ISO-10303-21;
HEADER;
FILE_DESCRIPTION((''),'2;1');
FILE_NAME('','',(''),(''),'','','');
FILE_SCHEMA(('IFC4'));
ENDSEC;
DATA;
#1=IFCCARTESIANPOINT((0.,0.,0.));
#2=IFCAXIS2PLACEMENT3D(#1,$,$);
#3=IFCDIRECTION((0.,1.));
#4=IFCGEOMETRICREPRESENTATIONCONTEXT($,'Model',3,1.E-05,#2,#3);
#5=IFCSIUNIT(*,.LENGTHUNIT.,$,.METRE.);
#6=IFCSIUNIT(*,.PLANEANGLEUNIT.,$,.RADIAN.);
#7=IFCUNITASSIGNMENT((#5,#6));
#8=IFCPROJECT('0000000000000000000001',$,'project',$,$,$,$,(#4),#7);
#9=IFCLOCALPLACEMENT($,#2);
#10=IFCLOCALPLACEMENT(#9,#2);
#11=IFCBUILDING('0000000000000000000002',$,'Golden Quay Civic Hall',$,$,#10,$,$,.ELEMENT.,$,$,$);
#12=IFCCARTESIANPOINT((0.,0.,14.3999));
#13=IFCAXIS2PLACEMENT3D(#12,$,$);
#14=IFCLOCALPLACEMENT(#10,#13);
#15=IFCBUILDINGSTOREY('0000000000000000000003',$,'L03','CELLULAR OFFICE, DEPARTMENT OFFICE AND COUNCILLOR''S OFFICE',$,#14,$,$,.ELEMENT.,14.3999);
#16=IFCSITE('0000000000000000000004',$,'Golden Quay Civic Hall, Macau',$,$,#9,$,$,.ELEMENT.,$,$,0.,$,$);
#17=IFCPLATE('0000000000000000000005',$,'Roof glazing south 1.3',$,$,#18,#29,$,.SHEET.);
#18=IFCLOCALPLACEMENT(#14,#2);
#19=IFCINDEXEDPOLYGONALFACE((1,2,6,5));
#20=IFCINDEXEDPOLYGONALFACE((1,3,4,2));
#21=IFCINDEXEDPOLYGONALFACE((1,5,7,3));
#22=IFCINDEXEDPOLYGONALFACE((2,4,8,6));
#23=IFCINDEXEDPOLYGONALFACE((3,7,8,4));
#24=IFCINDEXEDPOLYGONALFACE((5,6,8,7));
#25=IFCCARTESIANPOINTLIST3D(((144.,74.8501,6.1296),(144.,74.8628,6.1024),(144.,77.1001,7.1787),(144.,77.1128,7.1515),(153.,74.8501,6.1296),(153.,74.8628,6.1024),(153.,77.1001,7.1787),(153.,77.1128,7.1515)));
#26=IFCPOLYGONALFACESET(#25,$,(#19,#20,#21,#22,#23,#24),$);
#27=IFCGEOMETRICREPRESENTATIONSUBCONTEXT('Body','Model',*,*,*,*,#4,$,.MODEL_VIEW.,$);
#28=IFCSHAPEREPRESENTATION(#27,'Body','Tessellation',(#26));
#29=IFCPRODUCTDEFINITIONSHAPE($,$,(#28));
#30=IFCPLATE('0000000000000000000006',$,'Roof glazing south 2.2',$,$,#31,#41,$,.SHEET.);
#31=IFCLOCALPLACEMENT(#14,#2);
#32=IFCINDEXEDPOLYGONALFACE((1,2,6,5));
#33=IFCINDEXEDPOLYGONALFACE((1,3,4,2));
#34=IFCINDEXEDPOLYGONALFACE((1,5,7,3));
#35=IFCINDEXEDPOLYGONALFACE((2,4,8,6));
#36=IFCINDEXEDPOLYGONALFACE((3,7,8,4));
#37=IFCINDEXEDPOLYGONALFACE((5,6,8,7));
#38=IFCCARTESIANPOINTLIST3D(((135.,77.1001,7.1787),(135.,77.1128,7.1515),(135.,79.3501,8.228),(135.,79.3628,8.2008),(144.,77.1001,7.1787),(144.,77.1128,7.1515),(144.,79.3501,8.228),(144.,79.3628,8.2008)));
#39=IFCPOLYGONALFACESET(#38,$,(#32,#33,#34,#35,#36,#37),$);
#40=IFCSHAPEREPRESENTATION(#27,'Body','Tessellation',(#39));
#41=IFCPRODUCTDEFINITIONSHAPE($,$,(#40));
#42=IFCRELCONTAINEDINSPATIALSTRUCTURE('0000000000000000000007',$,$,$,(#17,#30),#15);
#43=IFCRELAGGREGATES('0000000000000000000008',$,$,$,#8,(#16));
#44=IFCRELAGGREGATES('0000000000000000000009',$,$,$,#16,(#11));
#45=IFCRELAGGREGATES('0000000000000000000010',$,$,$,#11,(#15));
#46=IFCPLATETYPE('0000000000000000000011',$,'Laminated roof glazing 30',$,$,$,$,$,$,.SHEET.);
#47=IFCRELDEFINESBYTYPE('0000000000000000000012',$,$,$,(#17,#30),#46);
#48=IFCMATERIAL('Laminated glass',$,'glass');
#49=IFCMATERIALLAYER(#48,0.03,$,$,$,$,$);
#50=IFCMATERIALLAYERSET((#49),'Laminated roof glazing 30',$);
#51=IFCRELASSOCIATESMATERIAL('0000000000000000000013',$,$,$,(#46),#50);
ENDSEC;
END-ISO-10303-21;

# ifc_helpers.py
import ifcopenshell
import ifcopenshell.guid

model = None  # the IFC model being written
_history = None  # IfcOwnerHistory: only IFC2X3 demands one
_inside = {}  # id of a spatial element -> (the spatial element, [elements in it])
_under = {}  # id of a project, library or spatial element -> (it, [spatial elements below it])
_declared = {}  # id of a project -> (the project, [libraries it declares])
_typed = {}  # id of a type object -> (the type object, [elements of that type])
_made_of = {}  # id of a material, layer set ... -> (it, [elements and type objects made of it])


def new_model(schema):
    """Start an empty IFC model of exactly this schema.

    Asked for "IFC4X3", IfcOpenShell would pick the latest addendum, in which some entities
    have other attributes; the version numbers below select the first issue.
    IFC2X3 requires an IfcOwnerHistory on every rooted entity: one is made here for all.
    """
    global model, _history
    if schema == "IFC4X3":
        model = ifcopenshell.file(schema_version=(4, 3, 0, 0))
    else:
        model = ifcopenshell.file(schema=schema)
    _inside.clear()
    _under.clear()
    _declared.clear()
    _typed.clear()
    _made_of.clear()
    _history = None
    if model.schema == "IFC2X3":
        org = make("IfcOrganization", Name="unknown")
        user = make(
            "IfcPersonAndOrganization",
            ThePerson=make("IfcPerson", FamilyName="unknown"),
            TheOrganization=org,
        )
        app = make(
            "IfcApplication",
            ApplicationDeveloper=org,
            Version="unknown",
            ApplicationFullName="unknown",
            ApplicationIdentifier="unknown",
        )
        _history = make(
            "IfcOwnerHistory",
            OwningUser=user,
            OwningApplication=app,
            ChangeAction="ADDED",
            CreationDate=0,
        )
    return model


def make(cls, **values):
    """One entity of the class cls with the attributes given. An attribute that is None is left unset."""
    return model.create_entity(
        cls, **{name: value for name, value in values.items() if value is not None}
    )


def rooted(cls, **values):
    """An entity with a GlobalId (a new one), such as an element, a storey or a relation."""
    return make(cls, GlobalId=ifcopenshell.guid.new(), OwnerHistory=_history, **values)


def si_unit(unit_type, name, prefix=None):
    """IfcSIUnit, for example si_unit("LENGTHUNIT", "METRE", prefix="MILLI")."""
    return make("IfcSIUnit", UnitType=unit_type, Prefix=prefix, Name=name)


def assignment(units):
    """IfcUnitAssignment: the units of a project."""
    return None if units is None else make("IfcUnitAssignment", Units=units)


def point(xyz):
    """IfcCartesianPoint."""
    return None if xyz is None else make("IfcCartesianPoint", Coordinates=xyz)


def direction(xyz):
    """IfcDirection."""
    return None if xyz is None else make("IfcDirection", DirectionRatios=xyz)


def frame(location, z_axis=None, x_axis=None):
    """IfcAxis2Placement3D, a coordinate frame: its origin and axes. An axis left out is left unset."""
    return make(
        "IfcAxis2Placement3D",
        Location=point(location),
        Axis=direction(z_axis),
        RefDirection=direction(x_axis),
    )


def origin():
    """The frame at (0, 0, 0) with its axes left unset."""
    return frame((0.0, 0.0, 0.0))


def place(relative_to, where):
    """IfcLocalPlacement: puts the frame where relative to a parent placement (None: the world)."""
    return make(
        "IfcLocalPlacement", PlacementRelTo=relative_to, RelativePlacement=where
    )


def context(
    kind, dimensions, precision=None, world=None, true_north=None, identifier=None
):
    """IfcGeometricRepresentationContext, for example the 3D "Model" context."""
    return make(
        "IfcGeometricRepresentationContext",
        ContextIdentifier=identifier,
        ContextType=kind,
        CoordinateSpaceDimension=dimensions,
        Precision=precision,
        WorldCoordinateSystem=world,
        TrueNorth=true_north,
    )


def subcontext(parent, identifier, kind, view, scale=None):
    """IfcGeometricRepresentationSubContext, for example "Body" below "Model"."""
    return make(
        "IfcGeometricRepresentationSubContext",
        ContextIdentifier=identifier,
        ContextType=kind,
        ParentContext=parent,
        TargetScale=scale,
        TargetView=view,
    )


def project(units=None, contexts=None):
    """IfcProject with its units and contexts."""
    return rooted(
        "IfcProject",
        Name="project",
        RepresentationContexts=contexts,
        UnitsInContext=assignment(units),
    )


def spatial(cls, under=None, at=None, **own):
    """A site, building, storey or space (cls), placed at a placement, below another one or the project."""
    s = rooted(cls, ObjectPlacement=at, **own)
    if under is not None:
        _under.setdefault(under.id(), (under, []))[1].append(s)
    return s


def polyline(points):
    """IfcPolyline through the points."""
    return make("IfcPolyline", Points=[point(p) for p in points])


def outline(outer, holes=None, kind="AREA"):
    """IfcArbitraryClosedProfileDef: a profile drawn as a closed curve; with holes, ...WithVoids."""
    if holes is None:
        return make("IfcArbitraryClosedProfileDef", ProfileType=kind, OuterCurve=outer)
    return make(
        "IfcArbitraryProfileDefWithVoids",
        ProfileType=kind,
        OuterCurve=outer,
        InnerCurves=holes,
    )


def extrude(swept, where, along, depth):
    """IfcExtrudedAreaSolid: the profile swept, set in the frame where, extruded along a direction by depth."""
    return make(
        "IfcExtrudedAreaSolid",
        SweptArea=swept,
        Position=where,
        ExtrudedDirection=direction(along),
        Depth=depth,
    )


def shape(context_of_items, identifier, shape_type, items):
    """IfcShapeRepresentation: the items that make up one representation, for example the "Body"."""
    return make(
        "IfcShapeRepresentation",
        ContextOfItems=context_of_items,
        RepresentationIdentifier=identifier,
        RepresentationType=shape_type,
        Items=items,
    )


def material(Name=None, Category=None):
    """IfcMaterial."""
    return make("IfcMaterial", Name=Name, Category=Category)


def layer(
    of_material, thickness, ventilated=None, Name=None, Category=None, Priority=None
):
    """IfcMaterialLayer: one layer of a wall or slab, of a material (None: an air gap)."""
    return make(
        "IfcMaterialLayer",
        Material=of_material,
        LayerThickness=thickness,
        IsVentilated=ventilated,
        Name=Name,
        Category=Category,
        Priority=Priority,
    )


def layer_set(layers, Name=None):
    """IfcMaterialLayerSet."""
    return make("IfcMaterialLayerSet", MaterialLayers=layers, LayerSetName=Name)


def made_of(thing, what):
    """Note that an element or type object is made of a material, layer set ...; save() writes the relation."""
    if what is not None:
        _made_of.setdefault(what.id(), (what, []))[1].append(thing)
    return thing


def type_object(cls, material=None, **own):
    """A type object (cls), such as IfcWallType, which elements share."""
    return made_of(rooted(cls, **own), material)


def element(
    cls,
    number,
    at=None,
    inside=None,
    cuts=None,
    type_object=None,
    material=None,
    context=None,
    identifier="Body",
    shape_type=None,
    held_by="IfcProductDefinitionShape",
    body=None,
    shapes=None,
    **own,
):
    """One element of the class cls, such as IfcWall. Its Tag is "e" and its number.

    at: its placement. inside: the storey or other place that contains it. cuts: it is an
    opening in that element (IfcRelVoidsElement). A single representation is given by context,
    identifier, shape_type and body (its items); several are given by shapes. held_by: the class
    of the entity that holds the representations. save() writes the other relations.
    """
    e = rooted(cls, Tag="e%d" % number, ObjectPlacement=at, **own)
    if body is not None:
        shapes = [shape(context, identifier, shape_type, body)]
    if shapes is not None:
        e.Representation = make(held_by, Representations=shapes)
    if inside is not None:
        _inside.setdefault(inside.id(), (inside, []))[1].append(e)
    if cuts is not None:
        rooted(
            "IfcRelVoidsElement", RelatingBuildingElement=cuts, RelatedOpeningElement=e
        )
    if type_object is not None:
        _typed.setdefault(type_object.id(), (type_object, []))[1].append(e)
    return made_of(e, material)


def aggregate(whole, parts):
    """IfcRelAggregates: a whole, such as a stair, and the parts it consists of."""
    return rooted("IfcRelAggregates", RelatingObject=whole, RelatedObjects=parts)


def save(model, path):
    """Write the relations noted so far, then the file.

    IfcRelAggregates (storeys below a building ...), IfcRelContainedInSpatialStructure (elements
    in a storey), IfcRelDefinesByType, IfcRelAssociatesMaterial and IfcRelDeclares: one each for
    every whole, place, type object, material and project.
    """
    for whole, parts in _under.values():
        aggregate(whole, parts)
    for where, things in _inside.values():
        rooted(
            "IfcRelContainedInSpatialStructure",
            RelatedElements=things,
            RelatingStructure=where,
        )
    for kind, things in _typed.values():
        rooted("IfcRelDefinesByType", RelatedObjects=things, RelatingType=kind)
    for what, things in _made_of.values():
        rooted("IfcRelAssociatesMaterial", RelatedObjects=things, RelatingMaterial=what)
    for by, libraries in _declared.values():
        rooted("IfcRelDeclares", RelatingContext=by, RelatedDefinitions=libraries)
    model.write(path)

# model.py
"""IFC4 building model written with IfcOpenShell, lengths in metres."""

from ifc_helpers import new_model, si_unit, direction, frame, origin, place, context, subcontext, project, spatial, polyline, outline, extrude, material, layer, layer_set, type_object, element, save


model = new_model("IFC4")

# Units and contexts
model_context = context("Model", 3, precision=1e-05, world=origin(), true_north=direction((0.0, 1.0)))
body_context = subcontext(model_context, "Body", "Model", "MODEL_VIEW")
ifc_project = project(units=[si_unit("LENGTHUNIT", "METRE"), si_unit("PLANEANGLEUNIT", "RADIAN")], contexts=[model_context])

# Site, building, storey
site_placement = place(None, origin())
site = spatial("IfcSite", under=ifc_project, at=site_placement, Name="Golden Quay Civic Hall, Macau", CompositionType="ELEMENT", RefElevation=0.0)
building_placement = place(site_placement, origin())
building = spatial("IfcBuilding", under=site, at=building_placement, Name="Golden Quay Civic Hall", CompositionType="ELEMENT")
storey_placement = place(building_placement, frame((0.0, 0.0, 14.3999)))
storey = spatial("IfcBuildingStorey", under=building, at=storey_placement, Name="L03", Description="CELLULAR OFFICE, DEPARTMENT OFFICE AND COUNCILLOR'S OFFICE", CompositionType="ELEMENT", Elevation=14.3999)

# Plates
ifc_material_1 = material(Name="Laminated glass", Category="glass")
ifc_layer = layer(ifc_material_1, 0.03)
ifc_layer_set = layer_set([ifc_layer], Name="Laminated roof glazing 30")
plate_type = type_object("IfcPlateType", Name="Laminated roof glazing 30", PredefinedType="SHEET", material=ifc_layer_set)
for number, where, z_axis, x_axis, name in (
    (1, (144.0, 74.8501, 6.1296), (0.0, -0.422579, 0.906326), (1.0, 0.0, 0.0), "Roof glazing south 1.3"),
):
    element("IfcPlate", number, at=place(storey_placement, frame(where, z_axis=z_axis, x_axis=x_axis)), inside=storey, type_object=plate_type, Name=name, PredefinedType="SHEET", context=body_context, shape_type="SweptSolid", body=[
        extrude(outline(polyline([(0.0, 0.0), (9.0, 0.0), (9.0, 2.4825), (0.0, 2.4825), (0.0, 0.0)])), origin(), (0.0, 0.0, -1.0), 0.03),
    ])
plate_placement = place(storey_placement, frame((135.0, 77.1001, 7.1787), z_axis=(0.0, -0.422659, 0.906289), x_axis=(1.0, 0.0, 0.0)))
element("IfcPlate", 2, at=plate_placement, inside=storey, type_object=plate_type, Name="Roof glazing south 2.2", PredefinedType="SHEET", context=body_context, shape_type="SweptSolid", body=[
    extrude(outline(polyline([(0.0, 0.0), (9.0, 0.0), (9.0, 2.4827), (0.0, 2.4827), (0.0, 0.0)])), origin(), (0.0, 0.0, -1.0), 0.03),
])

save(model, "model.ifc")
